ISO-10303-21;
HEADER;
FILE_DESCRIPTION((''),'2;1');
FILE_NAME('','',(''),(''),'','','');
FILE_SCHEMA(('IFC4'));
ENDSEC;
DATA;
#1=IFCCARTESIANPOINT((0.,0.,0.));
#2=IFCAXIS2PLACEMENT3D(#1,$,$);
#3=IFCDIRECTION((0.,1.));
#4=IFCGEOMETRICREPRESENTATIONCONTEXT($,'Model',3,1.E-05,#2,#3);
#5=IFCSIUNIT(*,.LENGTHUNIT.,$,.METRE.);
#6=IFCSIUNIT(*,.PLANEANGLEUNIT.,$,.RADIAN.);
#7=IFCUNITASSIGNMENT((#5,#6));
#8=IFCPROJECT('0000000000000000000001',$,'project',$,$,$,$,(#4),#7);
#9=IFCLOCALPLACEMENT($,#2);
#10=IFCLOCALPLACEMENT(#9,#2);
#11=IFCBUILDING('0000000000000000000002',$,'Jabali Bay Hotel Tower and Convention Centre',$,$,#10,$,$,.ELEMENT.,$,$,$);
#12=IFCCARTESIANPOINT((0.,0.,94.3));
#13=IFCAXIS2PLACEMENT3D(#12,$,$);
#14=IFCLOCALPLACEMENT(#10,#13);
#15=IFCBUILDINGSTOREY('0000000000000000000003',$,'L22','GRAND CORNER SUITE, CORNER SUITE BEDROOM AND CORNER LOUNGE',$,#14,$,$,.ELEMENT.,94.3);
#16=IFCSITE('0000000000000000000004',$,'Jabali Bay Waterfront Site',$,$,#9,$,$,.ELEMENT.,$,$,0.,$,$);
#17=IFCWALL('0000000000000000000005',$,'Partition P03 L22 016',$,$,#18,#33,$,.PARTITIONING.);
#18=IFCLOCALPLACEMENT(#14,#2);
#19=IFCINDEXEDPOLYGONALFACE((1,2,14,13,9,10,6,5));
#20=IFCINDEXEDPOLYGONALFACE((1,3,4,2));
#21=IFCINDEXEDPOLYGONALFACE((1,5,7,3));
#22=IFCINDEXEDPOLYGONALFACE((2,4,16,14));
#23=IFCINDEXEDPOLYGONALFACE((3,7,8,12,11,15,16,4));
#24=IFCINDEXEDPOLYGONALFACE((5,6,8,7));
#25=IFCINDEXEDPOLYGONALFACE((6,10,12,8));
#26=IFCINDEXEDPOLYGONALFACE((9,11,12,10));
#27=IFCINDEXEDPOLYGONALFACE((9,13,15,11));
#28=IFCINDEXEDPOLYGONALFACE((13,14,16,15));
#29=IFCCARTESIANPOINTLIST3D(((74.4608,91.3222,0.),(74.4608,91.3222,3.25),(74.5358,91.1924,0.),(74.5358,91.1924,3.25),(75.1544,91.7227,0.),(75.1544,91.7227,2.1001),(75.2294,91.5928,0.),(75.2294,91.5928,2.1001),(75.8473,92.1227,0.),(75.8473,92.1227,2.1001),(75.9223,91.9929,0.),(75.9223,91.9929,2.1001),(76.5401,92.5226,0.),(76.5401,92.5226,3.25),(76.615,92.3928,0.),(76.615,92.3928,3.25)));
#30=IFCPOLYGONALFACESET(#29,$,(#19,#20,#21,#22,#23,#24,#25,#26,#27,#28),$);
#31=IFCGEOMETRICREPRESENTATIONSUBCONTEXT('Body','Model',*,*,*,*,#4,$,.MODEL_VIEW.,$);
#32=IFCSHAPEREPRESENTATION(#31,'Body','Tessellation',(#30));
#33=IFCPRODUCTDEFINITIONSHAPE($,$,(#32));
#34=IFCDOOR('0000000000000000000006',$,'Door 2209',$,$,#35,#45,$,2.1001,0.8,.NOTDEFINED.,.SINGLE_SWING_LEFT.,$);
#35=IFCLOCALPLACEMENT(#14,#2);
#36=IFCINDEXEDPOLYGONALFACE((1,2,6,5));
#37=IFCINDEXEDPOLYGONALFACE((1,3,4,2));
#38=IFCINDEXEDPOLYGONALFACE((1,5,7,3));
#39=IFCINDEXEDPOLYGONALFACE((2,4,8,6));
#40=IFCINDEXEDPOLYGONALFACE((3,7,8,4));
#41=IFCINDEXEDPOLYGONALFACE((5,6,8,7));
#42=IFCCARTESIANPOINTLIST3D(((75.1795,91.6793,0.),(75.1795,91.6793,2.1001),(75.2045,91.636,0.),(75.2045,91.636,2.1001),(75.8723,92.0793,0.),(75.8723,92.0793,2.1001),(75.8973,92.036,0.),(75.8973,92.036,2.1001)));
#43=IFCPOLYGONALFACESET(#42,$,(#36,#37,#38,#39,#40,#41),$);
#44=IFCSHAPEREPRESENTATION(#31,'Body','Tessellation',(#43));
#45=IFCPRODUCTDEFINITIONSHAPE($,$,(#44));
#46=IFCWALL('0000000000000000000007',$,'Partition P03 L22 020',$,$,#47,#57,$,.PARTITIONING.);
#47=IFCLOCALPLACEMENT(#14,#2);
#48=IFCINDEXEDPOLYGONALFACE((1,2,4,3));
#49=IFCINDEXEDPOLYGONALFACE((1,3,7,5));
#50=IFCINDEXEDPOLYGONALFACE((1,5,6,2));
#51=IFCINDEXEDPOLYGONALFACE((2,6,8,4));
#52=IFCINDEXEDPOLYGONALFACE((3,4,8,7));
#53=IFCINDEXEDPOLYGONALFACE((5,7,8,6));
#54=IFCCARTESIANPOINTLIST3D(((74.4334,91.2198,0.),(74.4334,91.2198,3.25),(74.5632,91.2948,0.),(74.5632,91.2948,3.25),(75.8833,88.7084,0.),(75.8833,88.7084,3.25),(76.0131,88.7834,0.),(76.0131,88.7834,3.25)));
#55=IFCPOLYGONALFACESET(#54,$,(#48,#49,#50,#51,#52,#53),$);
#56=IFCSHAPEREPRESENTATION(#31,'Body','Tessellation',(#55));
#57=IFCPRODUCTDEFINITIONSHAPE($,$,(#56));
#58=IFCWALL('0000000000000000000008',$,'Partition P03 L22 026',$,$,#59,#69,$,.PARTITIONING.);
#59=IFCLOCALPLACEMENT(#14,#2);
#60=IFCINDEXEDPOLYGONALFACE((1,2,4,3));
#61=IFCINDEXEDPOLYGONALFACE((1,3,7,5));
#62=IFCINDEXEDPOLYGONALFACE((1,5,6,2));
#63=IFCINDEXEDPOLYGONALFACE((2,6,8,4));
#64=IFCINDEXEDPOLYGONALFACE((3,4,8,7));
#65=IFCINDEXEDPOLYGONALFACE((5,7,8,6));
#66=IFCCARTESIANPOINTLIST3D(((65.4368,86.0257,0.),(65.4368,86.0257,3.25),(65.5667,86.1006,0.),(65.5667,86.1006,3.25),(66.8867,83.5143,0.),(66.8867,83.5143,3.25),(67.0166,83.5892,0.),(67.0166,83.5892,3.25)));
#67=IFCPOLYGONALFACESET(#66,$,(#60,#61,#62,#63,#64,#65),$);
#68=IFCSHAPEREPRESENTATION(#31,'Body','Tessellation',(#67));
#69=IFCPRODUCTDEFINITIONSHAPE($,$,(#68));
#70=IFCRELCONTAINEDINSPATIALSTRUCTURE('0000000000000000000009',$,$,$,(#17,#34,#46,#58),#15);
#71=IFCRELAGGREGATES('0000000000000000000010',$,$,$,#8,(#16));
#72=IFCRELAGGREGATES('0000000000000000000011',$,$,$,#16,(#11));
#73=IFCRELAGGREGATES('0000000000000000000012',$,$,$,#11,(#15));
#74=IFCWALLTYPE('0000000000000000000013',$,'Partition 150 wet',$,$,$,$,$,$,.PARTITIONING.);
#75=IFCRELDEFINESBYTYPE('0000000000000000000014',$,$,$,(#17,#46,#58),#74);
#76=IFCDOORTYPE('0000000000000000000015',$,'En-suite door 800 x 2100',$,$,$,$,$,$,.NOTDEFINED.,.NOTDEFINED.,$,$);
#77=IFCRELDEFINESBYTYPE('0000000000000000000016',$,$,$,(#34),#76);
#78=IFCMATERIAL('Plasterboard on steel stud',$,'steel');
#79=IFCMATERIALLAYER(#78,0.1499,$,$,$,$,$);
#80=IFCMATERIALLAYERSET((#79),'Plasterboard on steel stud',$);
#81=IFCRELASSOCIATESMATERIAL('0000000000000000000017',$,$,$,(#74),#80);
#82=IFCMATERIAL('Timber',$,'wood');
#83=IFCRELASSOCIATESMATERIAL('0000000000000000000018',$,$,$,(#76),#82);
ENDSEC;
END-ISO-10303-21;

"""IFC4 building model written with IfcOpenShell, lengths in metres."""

from ifc_helpers import new_model, si_unit, direction, frame, frame_2d, origin, place, context, subcontext, project, spatial, rectangle, extrude, material, layer, layer_set, type_object, element, fill, save


model = new_model("IFC4")

# Units and contexts
model_context = context("Model", 3, precision=1e-05, world=origin(), true_north=direction((0.0, 1.0)))
body_context = subcontext(model_context, "Body", "Model", "MODEL_VIEW")
ifc_project = project(units=[si_unit("LENGTHUNIT", "METRE"), si_unit("PLANEANGLEUNIT", "RADIAN")], contexts=[model_context])

# Site, building, storey
site_placement = place(None, origin())
site = spatial("IfcSite", under=ifc_project, at=site_placement, Name="Jabali Bay Waterfront Site", CompositionType="ELEMENT", RefElevation=0.0)
building_placement = place(site_placement, origin())
building = spatial("IfcBuilding", under=site, at=building_placement, Name="Jabali Bay Hotel Tower and Convention Centre", CompositionType="ELEMENT")
storey_placement = place(building_placement, frame((0.0, 0.0, 94.3)))
storey = spatial("IfcBuildingStorey", under=building, at=storey_placement, Name="L22", Description="GRAND CORNER SUITE, CORNER SUITE BEDROOM AND CORNER LOUNGE", CompositionType="ELEMENT", Elevation=94.3)

# Shared definitions
ifc_material_1 = material(Name="Timber", Category="wood")

# Shared definitions
ifc_material_2 = material(Name="Plasterboard on steel stud", Category="steel")

# Wall, opening, door
ifc_layer_1 = layer(ifc_material_2, 0.1499)
ifc_layer_set_1 = layer_set([ifc_layer_1], Name="Plasterboard on steel stud")
wall_type_1 = type_object("IfcWallType", Name="Partition 150 wet", PredefinedType="PARTITIONING", material=ifc_layer_set_1)
wall_1_placement = place(storey_placement, frame((74.4983, 91.2573, 0.0), z_axis=(0.0, 0.0, 1.0), x_axis=(0.866038, 0.499978, 0.0)))
wall_1 = element("IfcWall", 1, at=wall_1_placement, inside=storey, type_object=wall_type_1, Name="Partition P03 L22 016", PredefinedType="PARTITIONING", context=body_context, shape_type="SweptSolid", body=[
    extrude(rectangle(XDim=2.4009, YDim=0.1499, at=frame_2d((1.2004, 0.0))), origin(), (0.0, 0.0, 1.0), 3.25),
])
opening_1_placement = place(wall_1_placement, frame((0.801, 0.0, 0.0)))
opening_1 = element("IfcOpeningElement", 2, at=opening_1_placement, cuts=wall_1, PredefinedType="OPENING", context=body_context, shape_type="SweptSolid", body=[
    extrude(rectangle(XDim=0.8, YDim=2.1001, at=frame_2d((0.3999, 1.05))), frame((0.0, 0.0854, 0.0), z_axis=(0.0, -1.0, 0.0), x_axis=(1.0, 0.0, 0.0)), (0.0, 0.0, 1.0), 0.1709),
])
door_type_1 = type_object("IfcDoorType", Name="En-suite door 800 x 2100", OperationType="NOTDEFINED", PredefinedType="NOTDEFINED", material=ifc_material_1)
door_1_placement = place(opening_1_placement, origin())
door_1 = element("IfcDoor", 3, at=door_1_placement, inside=storey, type_object=door_type_1, Name="Door 2209", OperationType="SINGLE_SWING_LEFT", OverallHeight=2.1001, OverallWidth=0.8, PredefinedType="NOTDEFINED", context=body_context, shape_type="SweptSolid", body=[
    extrude(rectangle(XDim=0.8, YDim=2.1001, at=frame_2d((0.3999, 1.05))), frame((0.0, 0.0249, 0.0), z_axis=(0.0, -1.0, 0.0), x_axis=(1.0, 0.0, 0.0)), (0.0, 0.0, 1.0), 0.05),
])
fill(opening_1, door_1)

# Walls
for number, where, z_axis, x_axis, name in (
    (4, (74.4983, 91.2573, 0.0), (0.0, 0.0, 1.0), (0.499987, -0.866033, 0.0), "Partition P03 L22 020"),
    (5, (66.9517, 83.5518, 0.0), (0.0, 0.0, 1.0), (-0.499987, 0.866033, 0.0), "Partition P03 L22 026"),
):
    element("IfcWall", number, at=place(storey_placement, frame(where, z_axis=z_axis, x_axis=x_axis)), inside=storey, type_object=wall_type_1, Name=name, PredefinedType="PARTITIONING", context=body_context, shape_type="SweptSolid", body=[
        extrude(rectangle(XDim=2.8999, YDim=0.1499, at=frame_2d((1.45, 0.0))), origin(), (0.0, 0.0, 1.0), 3.25),
    ])

save(model, "model.ifc")
